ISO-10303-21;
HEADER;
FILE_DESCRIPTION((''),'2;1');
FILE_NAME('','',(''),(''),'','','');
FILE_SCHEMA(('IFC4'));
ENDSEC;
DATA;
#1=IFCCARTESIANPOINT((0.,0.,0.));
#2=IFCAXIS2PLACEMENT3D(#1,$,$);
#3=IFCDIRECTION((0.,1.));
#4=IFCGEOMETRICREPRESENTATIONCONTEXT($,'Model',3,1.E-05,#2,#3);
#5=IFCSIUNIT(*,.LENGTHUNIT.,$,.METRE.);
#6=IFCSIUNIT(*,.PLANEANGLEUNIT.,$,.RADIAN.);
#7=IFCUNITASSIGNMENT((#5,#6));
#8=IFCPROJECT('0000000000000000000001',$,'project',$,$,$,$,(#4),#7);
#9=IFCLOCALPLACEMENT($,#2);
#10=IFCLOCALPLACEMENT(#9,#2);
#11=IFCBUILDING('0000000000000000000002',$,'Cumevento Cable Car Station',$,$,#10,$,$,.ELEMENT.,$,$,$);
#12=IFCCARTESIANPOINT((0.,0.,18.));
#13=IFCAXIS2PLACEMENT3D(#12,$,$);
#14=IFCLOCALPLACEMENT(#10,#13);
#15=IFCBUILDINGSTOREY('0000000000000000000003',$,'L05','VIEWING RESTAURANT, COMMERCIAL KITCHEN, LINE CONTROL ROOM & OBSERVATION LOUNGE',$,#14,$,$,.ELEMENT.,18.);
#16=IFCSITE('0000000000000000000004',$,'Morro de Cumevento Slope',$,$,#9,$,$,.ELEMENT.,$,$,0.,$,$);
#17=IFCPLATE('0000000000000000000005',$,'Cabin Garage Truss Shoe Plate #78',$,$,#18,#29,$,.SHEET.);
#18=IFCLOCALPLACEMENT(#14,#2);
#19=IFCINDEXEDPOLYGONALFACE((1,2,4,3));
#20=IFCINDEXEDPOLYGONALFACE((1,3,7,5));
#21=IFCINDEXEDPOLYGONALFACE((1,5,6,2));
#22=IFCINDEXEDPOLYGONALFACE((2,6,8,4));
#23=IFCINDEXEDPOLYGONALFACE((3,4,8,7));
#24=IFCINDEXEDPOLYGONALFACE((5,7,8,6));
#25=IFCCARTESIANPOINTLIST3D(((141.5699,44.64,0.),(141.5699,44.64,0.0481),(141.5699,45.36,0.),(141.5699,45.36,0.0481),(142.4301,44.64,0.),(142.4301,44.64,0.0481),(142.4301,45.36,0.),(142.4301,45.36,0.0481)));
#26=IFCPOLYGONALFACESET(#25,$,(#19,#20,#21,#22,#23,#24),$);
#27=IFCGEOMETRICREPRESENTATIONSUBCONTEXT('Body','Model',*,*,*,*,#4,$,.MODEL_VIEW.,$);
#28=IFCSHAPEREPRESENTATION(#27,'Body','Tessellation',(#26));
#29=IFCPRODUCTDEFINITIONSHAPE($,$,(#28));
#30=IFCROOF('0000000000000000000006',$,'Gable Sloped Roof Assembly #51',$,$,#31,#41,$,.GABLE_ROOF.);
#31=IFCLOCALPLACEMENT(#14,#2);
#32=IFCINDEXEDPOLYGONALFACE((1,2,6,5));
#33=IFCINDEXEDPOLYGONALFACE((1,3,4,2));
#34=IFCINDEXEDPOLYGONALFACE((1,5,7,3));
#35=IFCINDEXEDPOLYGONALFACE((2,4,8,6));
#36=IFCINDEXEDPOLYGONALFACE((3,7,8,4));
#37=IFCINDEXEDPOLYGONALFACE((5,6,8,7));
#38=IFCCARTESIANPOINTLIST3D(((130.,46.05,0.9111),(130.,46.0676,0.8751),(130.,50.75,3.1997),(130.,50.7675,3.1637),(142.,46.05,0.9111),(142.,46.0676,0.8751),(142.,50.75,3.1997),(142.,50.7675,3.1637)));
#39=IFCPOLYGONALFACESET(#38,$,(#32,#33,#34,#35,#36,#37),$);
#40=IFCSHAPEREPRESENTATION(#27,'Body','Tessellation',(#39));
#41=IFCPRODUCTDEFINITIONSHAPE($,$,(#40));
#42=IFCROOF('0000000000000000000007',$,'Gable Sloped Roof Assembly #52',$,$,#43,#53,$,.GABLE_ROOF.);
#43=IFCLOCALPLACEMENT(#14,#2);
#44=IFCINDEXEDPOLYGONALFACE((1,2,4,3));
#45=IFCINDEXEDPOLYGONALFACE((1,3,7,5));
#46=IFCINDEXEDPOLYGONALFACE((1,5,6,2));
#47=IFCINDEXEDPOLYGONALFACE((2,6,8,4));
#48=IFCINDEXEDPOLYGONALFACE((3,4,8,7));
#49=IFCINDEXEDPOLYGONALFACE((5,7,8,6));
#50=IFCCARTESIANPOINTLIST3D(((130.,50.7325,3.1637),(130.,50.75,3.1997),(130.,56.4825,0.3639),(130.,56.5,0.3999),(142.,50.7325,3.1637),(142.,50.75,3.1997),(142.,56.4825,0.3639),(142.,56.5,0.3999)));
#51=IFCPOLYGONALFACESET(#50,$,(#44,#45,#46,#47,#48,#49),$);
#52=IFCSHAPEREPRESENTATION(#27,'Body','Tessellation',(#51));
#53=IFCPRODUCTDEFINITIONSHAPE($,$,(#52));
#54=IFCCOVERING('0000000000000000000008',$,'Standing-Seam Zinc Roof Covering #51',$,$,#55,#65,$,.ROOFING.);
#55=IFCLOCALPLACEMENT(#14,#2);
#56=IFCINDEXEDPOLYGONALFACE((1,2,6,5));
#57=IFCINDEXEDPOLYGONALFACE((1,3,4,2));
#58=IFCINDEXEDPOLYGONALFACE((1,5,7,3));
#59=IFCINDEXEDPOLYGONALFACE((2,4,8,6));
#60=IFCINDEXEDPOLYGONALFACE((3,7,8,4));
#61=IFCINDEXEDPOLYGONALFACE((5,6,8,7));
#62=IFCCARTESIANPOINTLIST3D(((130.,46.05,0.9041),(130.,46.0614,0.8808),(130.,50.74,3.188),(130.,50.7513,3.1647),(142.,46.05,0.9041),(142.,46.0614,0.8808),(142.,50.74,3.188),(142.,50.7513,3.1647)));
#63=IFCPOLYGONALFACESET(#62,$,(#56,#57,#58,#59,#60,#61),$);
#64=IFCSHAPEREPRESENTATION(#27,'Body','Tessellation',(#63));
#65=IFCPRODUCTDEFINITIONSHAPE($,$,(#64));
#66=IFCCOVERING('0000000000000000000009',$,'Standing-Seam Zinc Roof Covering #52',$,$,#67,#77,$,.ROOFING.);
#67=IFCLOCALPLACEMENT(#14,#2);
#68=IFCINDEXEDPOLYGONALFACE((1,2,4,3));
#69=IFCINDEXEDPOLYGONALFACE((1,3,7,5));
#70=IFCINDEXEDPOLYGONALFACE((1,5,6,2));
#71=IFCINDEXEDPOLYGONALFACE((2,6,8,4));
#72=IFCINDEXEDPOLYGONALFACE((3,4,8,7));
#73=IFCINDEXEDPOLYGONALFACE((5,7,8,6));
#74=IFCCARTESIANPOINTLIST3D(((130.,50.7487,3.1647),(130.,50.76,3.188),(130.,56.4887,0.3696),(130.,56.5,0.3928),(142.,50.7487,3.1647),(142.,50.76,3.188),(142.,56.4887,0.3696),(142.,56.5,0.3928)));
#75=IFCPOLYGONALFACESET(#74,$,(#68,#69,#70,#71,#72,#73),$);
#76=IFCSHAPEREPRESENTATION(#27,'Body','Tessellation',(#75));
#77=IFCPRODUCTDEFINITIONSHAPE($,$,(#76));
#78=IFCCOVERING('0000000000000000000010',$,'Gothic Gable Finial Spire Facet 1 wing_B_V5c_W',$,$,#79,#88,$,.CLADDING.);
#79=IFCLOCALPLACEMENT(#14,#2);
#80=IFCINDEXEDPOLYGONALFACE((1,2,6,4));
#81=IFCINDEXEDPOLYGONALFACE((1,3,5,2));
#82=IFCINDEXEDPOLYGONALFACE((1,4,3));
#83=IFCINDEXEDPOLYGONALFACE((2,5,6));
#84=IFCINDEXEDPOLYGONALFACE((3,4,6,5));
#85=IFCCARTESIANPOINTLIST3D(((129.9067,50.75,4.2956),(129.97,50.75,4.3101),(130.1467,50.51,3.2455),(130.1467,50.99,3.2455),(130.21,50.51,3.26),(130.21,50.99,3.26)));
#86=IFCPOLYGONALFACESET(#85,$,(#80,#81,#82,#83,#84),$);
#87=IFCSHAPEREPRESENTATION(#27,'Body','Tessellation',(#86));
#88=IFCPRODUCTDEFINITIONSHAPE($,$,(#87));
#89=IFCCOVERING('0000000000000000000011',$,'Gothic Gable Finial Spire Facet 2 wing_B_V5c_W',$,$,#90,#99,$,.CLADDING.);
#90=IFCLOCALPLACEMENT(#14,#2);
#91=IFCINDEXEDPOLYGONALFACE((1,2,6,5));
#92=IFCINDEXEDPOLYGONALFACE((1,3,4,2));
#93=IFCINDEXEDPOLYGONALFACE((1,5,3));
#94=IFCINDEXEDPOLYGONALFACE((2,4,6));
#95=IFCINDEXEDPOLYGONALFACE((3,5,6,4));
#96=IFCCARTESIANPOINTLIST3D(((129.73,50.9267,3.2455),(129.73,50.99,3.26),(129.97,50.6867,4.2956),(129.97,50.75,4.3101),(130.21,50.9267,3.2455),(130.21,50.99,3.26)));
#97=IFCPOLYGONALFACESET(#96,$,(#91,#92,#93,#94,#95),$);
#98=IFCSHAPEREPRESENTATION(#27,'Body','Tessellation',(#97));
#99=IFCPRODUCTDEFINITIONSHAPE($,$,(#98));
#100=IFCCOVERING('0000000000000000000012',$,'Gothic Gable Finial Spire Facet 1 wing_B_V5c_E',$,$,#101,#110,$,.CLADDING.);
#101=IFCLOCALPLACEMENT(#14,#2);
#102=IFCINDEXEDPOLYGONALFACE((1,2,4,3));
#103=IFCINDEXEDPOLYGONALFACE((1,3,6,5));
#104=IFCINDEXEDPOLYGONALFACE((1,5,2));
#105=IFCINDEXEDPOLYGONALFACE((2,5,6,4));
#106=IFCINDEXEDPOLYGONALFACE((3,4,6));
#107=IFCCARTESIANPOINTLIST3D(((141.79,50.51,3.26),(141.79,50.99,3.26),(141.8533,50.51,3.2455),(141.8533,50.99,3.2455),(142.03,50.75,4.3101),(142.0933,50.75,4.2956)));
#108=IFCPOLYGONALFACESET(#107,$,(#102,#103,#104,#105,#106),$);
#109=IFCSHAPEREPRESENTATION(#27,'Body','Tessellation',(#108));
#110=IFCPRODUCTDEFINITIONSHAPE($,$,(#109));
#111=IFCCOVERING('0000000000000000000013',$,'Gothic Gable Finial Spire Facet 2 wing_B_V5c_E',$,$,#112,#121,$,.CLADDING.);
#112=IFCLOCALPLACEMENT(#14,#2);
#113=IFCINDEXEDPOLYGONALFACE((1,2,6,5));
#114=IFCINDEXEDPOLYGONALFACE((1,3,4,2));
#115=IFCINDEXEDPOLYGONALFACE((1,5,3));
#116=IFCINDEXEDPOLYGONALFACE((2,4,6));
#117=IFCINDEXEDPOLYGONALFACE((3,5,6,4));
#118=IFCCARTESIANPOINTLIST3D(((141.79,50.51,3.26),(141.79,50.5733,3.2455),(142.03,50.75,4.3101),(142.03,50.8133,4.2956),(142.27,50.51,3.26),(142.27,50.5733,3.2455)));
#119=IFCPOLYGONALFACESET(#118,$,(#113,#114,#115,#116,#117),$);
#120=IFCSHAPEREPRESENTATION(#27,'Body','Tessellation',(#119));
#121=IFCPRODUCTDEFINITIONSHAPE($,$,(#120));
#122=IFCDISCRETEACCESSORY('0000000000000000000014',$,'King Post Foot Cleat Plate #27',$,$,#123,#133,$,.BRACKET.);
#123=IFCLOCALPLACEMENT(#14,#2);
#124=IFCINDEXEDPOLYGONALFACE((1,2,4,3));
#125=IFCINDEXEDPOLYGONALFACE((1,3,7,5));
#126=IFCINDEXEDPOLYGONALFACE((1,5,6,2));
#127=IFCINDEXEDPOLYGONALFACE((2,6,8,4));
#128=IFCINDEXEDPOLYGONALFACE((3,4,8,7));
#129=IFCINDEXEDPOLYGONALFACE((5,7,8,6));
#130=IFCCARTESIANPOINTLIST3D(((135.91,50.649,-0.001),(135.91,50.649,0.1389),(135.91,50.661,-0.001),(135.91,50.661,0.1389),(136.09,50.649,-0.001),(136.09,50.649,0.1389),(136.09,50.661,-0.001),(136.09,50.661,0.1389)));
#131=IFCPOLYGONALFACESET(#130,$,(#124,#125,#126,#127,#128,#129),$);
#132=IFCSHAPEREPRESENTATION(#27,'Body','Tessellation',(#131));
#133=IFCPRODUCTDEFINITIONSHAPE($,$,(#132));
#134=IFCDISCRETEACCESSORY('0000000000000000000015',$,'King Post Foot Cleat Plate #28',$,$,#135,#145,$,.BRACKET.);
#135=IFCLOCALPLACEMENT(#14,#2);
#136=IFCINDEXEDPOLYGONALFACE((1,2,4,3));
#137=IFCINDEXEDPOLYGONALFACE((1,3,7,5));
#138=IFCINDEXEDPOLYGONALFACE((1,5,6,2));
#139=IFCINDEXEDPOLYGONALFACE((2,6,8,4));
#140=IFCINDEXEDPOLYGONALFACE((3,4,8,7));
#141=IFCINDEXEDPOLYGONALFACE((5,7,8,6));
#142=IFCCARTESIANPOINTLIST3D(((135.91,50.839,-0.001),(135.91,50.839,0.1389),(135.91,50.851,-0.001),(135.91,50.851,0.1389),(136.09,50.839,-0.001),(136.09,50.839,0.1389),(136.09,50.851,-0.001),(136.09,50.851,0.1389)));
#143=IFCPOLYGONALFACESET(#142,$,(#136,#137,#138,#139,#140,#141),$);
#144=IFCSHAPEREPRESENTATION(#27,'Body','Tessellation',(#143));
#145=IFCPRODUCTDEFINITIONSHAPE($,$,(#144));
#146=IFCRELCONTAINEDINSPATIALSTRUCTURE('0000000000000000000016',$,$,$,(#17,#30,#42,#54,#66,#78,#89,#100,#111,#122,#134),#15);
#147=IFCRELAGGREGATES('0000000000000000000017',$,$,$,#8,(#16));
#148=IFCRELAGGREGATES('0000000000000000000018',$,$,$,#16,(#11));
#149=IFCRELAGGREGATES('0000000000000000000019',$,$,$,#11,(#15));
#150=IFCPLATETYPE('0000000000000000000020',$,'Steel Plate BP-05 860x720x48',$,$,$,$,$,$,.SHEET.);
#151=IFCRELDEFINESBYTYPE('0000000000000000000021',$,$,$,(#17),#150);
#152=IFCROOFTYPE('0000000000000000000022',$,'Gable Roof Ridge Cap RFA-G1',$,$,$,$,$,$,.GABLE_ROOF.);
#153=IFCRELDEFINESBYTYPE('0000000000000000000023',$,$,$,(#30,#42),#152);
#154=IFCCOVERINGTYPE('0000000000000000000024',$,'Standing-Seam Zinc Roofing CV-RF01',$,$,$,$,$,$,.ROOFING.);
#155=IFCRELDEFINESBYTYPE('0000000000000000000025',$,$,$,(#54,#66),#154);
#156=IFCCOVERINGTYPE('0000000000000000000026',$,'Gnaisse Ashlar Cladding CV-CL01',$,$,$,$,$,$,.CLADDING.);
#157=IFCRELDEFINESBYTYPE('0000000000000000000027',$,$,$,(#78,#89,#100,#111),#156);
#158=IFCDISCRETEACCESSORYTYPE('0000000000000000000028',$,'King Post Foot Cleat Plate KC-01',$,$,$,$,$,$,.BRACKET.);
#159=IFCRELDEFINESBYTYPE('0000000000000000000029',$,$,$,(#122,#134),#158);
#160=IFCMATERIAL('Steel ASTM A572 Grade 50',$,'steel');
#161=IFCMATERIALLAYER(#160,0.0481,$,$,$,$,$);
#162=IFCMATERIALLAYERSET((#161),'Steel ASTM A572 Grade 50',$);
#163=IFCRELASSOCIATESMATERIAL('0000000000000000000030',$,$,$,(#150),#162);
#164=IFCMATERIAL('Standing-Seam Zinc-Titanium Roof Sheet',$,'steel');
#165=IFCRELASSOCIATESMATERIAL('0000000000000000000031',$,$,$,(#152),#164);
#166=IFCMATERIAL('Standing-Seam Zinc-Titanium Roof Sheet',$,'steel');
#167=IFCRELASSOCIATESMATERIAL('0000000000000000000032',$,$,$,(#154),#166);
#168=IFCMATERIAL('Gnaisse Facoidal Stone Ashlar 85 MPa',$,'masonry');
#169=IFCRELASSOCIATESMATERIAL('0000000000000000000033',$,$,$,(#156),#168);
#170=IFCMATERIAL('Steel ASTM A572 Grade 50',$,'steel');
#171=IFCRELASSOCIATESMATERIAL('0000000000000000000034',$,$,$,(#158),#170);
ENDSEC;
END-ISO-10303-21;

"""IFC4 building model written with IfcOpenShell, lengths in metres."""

from ifc_helpers import new_model, si_unit, direction, frame, origin, origin_2d, place, context, subcontext, project, spatial, polyline, rectangle, outline, extrude, material, layer, layer_set, type_object, element, save


model = new_model("IFC4")

# Units and contexts
model_context = context("Model", 3, precision=1e-05, world=origin(), true_north=direction((0.0, 1.0)))
body_context = subcontext(model_context, "Body", "Model", "MODEL_VIEW")
ifc_project = project(units=[si_unit("LENGTHUNIT", "METRE"), si_unit("PLANEANGLEUNIT", "RADIAN")], contexts=[model_context])

# Site, building, storey
site_placement = place(None, origin())
site = spatial("IfcSite", under=ifc_project, at=site_placement, Name="Morro de Cumevento Slope", CompositionType="ELEMENT", RefElevation=0.0)
building_placement = place(site_placement, origin())
building = spatial("IfcBuilding", under=site, at=building_placement, Name="Cumevento Cable Car Station", CompositionType="ELEMENT")
storey_placement = place(building_placement, frame((0.0, 0.0, 18.0)))
storey = spatial("IfcBuildingStorey", under=building, at=storey_placement, Name="L05", Description="VIEWING RESTAURANT, COMMERCIAL KITCHEN, LINE CONTROL ROOM & OBSERVATION LOUNGE", CompositionType="ELEMENT", Elevation=18.0)

# Plate
ifc_material_1 = material(Name="Steel ASTM A572 Grade 50", Category="steel")
ifc_layer_1 = layer(ifc_material_1, 0.0481)
ifc_layer_set_1 = layer_set([ifc_layer_1], Name="Steel ASTM A572 Grade 50")
plate_type_1 = type_object("IfcPlateType", Name="Steel Plate BP-05 860x720x48", PredefinedType="SHEET", material=ifc_layer_set_1)
plate_1_placement = place(storey_placement, frame((142.0, 45.0, 0.0), z_axis=(0.0, 0.0, 1.0), x_axis=(1.0, 0.0, 0.0)))
element("IfcPlate", 1, at=plate_1_placement, inside=storey, type_object=plate_type_1, Name="Cabin Garage Truss Shoe Plate #78", PredefinedType="SHEET", context=body_context, shape_type="SweptSolid", body=[
    extrude(rectangle(XDim=0.8601, YDim=0.72, at=origin_2d()), origin(), (0.0, 0.0, 1.0), 0.0481),
])

# Roofs
ifc_material_2 = material(Name="Standing-Seam Zinc-Titanium Roof Sheet", Category="steel")
roof_type = type_object("IfcRoofType", Name="Gable Roof Ridge Cap RFA-G1", PredefinedType="GABLE_ROOF", material=ifc_material_2)
roof_1_placement = place(storey_placement, frame((130.0, 46.05, 0.9111), z_axis=(0.0, -0.437792, 0.899076), x_axis=(1.0, 0.0, 0.0)))
element("IfcRoof", 2, at=roof_1_placement, inside=storey, type_object=roof_type, Name="Gable Sloped Roof Assembly #51", PredefinedType="GABLE_ROOF", context=body_context, shape_type="SweptSolid", body=[
    extrude(outline(polyline([(0.0, 0.0), (12.0, 0.0), (12.0, 5.2275), (0.0, 5.2275), (0.0, 0.0)])), origin(), (0.0, 0.0, -1.0), 0.04),
])
roof_2_placement = place(storey_placement, frame((130.0, 50.75, 3.1997), z_axis=(0.0, 0.437783, 0.899081), x_axis=(1.0, 0.0, 0.0)))
element("IfcRoof", 3, at=roof_2_placement, inside=storey, type_object=roof_type, Name="Gable Sloped Roof Assembly #52", PredefinedType="GABLE_ROOF", context=body_context, shape_type="SweptSolid", body=[
    extrude(outline(polyline([(0.0, 0.0), (12.0, 0.0), (12.0, 6.3954), (0.0, 6.3954), (0.0, 0.0)])), origin(), (0.0, 0.0, -1.0), 0.04),
])

# Coverings
ifc_material_3 = material(Name="Standing-Seam Zinc-Titanium Roof Sheet", Category="steel")
covering_type_1 = type_object("IfcCoveringType", Name="Standing-Seam Zinc Roofing CV-RF01", PredefinedType="ROOFING", material=ifc_material_3)
covering_1_placement = place(storey_placement, frame((130.0, 46.05, 0.9041), z_axis=(0.0, -0.437829, 0.899058), x_axis=(1.0, 0.0, 0.0)))
element("IfcCovering", 4, at=covering_1_placement, inside=storey, type_object=covering_type_1, Name="Standing-Seam Zinc Roof Covering #51", PredefinedType="ROOFING", context=body_context, shape_type="SweptSolid", body=[
    extrude(outline(polyline([(0.0, 0.0), (12.0, 0.0), (12.0, 5.2165), (0.0, 5.2165), (0.0, 0.0)])), origin(), (0.0, 0.0, -1.0), 0.0259),
])
covering_2_placement = place(storey_placement, frame((130.0, 50.76, 3.188), z_axis=(0.0, 0.437813, 0.899066), x_axis=(1.0, 0.0, 0.0)))
element("IfcCovering", 5, at=covering_2_placement, inside=storey, type_object=covering_type_1, Name="Standing-Seam Zinc Roof Covering #52", PredefinedType="ROOFING", context=body_context, shape_type="SweptSolid", body=[
    extrude(outline(polyline([(0.0, 0.0), (12.0, 0.0), (12.0, 6.3844), (0.0, 6.3844), (0.0, 0.0)])), origin(), (0.0, 0.0, -1.0), 0.0259),
])
ifc_material_4 = material(Name="Gnaisse Facoidal Stone Ashlar 85 MPa", Category="masonry")
covering_type_2 = type_object("IfcCoveringType", Name="Gnaisse Ashlar Cladding CV-CL01", PredefinedType="CLADDING", material=ifc_material_4)
for number, where, z_axis, x_axis, name in (
    (6, (130.21, 50.51, 3.26), (0.974863, 0.0, 0.222806), (0.0, 1.0, 0.0), "Gothic Gable Finial Spire Facet 1 wing_B_V5c_W"),
    (7, (130.21, 50.99, 3.26), (0.0, 0.974863, 0.222806), (-1.0, 0.0, 0.0), "Gothic Gable Finial Spire Facet 2 wing_B_V5c_W"),
    (8, (141.79, 50.99, 3.26), (-0.974863, 0.0, 0.222806), (0.0, -1.0, 0.0), "Gothic Gable Finial Spire Facet 1 wing_B_V5c_E"),
    (9, (141.79, 50.51, 3.26), (0.0, -0.974863, 0.222806), (1.0, 0.0, 0.0), "Gothic Gable Finial Spire Facet 2 wing_B_V5c_E"),
):
    element("IfcCovering", number, at=place(storey_placement, frame(where, z_axis=z_axis, x_axis=x_axis)), inside=storey, type_object=covering_type_2, Name=name, PredefinedType="CLADDING", context=body_context, shape_type="SweptSolid", body=[
        extrude(outline(polyline([(0.0, 0.0), (0.48, 0.0), (0.24, 1.0771), (0.0, 0.0)])), origin(), (0.0, 0.0, -1.0), 0.0649),
    ])

# Discrete accessories
ifc_material_5 = material(Name="Steel ASTM A572 Grade 50", Category="steel")
discrete_accessory_type = type_object("IfcDiscreteAccessoryType", Name="King Post Foot Cleat Plate KC-01", PredefinedType="BRACKET", material=ifc_material_5)
for number, where, z_axis, x_axis, name in (
    (10, (136.0, 50.655, -0.001), (0.0, 0.0, 1.0), (0.0, 1.0, 0.0), "King Post Foot Cleat Plate #27"),
    (11, (136.0, 50.845, -0.001), (0.0, 0.0, 1.0), (0.0, 1.0, 0.0), "King Post Foot Cleat Plate #28"),
):
    element("IfcDiscreteAccessory", number, at=place(storey_placement, frame(where, z_axis=z_axis, x_axis=x_axis)), inside=storey, type_object=discrete_accessory_type, Name=name, PredefinedType="BRACKET", context=body_context, shape_type="SweptSolid", body=[
        extrude(rectangle(XDim=0.012, YDim=0.1799, at=origin_2d()), origin(), (0.0, 0.0, 1.0), 0.1399),
    ])

save(model, "model.ifc")
